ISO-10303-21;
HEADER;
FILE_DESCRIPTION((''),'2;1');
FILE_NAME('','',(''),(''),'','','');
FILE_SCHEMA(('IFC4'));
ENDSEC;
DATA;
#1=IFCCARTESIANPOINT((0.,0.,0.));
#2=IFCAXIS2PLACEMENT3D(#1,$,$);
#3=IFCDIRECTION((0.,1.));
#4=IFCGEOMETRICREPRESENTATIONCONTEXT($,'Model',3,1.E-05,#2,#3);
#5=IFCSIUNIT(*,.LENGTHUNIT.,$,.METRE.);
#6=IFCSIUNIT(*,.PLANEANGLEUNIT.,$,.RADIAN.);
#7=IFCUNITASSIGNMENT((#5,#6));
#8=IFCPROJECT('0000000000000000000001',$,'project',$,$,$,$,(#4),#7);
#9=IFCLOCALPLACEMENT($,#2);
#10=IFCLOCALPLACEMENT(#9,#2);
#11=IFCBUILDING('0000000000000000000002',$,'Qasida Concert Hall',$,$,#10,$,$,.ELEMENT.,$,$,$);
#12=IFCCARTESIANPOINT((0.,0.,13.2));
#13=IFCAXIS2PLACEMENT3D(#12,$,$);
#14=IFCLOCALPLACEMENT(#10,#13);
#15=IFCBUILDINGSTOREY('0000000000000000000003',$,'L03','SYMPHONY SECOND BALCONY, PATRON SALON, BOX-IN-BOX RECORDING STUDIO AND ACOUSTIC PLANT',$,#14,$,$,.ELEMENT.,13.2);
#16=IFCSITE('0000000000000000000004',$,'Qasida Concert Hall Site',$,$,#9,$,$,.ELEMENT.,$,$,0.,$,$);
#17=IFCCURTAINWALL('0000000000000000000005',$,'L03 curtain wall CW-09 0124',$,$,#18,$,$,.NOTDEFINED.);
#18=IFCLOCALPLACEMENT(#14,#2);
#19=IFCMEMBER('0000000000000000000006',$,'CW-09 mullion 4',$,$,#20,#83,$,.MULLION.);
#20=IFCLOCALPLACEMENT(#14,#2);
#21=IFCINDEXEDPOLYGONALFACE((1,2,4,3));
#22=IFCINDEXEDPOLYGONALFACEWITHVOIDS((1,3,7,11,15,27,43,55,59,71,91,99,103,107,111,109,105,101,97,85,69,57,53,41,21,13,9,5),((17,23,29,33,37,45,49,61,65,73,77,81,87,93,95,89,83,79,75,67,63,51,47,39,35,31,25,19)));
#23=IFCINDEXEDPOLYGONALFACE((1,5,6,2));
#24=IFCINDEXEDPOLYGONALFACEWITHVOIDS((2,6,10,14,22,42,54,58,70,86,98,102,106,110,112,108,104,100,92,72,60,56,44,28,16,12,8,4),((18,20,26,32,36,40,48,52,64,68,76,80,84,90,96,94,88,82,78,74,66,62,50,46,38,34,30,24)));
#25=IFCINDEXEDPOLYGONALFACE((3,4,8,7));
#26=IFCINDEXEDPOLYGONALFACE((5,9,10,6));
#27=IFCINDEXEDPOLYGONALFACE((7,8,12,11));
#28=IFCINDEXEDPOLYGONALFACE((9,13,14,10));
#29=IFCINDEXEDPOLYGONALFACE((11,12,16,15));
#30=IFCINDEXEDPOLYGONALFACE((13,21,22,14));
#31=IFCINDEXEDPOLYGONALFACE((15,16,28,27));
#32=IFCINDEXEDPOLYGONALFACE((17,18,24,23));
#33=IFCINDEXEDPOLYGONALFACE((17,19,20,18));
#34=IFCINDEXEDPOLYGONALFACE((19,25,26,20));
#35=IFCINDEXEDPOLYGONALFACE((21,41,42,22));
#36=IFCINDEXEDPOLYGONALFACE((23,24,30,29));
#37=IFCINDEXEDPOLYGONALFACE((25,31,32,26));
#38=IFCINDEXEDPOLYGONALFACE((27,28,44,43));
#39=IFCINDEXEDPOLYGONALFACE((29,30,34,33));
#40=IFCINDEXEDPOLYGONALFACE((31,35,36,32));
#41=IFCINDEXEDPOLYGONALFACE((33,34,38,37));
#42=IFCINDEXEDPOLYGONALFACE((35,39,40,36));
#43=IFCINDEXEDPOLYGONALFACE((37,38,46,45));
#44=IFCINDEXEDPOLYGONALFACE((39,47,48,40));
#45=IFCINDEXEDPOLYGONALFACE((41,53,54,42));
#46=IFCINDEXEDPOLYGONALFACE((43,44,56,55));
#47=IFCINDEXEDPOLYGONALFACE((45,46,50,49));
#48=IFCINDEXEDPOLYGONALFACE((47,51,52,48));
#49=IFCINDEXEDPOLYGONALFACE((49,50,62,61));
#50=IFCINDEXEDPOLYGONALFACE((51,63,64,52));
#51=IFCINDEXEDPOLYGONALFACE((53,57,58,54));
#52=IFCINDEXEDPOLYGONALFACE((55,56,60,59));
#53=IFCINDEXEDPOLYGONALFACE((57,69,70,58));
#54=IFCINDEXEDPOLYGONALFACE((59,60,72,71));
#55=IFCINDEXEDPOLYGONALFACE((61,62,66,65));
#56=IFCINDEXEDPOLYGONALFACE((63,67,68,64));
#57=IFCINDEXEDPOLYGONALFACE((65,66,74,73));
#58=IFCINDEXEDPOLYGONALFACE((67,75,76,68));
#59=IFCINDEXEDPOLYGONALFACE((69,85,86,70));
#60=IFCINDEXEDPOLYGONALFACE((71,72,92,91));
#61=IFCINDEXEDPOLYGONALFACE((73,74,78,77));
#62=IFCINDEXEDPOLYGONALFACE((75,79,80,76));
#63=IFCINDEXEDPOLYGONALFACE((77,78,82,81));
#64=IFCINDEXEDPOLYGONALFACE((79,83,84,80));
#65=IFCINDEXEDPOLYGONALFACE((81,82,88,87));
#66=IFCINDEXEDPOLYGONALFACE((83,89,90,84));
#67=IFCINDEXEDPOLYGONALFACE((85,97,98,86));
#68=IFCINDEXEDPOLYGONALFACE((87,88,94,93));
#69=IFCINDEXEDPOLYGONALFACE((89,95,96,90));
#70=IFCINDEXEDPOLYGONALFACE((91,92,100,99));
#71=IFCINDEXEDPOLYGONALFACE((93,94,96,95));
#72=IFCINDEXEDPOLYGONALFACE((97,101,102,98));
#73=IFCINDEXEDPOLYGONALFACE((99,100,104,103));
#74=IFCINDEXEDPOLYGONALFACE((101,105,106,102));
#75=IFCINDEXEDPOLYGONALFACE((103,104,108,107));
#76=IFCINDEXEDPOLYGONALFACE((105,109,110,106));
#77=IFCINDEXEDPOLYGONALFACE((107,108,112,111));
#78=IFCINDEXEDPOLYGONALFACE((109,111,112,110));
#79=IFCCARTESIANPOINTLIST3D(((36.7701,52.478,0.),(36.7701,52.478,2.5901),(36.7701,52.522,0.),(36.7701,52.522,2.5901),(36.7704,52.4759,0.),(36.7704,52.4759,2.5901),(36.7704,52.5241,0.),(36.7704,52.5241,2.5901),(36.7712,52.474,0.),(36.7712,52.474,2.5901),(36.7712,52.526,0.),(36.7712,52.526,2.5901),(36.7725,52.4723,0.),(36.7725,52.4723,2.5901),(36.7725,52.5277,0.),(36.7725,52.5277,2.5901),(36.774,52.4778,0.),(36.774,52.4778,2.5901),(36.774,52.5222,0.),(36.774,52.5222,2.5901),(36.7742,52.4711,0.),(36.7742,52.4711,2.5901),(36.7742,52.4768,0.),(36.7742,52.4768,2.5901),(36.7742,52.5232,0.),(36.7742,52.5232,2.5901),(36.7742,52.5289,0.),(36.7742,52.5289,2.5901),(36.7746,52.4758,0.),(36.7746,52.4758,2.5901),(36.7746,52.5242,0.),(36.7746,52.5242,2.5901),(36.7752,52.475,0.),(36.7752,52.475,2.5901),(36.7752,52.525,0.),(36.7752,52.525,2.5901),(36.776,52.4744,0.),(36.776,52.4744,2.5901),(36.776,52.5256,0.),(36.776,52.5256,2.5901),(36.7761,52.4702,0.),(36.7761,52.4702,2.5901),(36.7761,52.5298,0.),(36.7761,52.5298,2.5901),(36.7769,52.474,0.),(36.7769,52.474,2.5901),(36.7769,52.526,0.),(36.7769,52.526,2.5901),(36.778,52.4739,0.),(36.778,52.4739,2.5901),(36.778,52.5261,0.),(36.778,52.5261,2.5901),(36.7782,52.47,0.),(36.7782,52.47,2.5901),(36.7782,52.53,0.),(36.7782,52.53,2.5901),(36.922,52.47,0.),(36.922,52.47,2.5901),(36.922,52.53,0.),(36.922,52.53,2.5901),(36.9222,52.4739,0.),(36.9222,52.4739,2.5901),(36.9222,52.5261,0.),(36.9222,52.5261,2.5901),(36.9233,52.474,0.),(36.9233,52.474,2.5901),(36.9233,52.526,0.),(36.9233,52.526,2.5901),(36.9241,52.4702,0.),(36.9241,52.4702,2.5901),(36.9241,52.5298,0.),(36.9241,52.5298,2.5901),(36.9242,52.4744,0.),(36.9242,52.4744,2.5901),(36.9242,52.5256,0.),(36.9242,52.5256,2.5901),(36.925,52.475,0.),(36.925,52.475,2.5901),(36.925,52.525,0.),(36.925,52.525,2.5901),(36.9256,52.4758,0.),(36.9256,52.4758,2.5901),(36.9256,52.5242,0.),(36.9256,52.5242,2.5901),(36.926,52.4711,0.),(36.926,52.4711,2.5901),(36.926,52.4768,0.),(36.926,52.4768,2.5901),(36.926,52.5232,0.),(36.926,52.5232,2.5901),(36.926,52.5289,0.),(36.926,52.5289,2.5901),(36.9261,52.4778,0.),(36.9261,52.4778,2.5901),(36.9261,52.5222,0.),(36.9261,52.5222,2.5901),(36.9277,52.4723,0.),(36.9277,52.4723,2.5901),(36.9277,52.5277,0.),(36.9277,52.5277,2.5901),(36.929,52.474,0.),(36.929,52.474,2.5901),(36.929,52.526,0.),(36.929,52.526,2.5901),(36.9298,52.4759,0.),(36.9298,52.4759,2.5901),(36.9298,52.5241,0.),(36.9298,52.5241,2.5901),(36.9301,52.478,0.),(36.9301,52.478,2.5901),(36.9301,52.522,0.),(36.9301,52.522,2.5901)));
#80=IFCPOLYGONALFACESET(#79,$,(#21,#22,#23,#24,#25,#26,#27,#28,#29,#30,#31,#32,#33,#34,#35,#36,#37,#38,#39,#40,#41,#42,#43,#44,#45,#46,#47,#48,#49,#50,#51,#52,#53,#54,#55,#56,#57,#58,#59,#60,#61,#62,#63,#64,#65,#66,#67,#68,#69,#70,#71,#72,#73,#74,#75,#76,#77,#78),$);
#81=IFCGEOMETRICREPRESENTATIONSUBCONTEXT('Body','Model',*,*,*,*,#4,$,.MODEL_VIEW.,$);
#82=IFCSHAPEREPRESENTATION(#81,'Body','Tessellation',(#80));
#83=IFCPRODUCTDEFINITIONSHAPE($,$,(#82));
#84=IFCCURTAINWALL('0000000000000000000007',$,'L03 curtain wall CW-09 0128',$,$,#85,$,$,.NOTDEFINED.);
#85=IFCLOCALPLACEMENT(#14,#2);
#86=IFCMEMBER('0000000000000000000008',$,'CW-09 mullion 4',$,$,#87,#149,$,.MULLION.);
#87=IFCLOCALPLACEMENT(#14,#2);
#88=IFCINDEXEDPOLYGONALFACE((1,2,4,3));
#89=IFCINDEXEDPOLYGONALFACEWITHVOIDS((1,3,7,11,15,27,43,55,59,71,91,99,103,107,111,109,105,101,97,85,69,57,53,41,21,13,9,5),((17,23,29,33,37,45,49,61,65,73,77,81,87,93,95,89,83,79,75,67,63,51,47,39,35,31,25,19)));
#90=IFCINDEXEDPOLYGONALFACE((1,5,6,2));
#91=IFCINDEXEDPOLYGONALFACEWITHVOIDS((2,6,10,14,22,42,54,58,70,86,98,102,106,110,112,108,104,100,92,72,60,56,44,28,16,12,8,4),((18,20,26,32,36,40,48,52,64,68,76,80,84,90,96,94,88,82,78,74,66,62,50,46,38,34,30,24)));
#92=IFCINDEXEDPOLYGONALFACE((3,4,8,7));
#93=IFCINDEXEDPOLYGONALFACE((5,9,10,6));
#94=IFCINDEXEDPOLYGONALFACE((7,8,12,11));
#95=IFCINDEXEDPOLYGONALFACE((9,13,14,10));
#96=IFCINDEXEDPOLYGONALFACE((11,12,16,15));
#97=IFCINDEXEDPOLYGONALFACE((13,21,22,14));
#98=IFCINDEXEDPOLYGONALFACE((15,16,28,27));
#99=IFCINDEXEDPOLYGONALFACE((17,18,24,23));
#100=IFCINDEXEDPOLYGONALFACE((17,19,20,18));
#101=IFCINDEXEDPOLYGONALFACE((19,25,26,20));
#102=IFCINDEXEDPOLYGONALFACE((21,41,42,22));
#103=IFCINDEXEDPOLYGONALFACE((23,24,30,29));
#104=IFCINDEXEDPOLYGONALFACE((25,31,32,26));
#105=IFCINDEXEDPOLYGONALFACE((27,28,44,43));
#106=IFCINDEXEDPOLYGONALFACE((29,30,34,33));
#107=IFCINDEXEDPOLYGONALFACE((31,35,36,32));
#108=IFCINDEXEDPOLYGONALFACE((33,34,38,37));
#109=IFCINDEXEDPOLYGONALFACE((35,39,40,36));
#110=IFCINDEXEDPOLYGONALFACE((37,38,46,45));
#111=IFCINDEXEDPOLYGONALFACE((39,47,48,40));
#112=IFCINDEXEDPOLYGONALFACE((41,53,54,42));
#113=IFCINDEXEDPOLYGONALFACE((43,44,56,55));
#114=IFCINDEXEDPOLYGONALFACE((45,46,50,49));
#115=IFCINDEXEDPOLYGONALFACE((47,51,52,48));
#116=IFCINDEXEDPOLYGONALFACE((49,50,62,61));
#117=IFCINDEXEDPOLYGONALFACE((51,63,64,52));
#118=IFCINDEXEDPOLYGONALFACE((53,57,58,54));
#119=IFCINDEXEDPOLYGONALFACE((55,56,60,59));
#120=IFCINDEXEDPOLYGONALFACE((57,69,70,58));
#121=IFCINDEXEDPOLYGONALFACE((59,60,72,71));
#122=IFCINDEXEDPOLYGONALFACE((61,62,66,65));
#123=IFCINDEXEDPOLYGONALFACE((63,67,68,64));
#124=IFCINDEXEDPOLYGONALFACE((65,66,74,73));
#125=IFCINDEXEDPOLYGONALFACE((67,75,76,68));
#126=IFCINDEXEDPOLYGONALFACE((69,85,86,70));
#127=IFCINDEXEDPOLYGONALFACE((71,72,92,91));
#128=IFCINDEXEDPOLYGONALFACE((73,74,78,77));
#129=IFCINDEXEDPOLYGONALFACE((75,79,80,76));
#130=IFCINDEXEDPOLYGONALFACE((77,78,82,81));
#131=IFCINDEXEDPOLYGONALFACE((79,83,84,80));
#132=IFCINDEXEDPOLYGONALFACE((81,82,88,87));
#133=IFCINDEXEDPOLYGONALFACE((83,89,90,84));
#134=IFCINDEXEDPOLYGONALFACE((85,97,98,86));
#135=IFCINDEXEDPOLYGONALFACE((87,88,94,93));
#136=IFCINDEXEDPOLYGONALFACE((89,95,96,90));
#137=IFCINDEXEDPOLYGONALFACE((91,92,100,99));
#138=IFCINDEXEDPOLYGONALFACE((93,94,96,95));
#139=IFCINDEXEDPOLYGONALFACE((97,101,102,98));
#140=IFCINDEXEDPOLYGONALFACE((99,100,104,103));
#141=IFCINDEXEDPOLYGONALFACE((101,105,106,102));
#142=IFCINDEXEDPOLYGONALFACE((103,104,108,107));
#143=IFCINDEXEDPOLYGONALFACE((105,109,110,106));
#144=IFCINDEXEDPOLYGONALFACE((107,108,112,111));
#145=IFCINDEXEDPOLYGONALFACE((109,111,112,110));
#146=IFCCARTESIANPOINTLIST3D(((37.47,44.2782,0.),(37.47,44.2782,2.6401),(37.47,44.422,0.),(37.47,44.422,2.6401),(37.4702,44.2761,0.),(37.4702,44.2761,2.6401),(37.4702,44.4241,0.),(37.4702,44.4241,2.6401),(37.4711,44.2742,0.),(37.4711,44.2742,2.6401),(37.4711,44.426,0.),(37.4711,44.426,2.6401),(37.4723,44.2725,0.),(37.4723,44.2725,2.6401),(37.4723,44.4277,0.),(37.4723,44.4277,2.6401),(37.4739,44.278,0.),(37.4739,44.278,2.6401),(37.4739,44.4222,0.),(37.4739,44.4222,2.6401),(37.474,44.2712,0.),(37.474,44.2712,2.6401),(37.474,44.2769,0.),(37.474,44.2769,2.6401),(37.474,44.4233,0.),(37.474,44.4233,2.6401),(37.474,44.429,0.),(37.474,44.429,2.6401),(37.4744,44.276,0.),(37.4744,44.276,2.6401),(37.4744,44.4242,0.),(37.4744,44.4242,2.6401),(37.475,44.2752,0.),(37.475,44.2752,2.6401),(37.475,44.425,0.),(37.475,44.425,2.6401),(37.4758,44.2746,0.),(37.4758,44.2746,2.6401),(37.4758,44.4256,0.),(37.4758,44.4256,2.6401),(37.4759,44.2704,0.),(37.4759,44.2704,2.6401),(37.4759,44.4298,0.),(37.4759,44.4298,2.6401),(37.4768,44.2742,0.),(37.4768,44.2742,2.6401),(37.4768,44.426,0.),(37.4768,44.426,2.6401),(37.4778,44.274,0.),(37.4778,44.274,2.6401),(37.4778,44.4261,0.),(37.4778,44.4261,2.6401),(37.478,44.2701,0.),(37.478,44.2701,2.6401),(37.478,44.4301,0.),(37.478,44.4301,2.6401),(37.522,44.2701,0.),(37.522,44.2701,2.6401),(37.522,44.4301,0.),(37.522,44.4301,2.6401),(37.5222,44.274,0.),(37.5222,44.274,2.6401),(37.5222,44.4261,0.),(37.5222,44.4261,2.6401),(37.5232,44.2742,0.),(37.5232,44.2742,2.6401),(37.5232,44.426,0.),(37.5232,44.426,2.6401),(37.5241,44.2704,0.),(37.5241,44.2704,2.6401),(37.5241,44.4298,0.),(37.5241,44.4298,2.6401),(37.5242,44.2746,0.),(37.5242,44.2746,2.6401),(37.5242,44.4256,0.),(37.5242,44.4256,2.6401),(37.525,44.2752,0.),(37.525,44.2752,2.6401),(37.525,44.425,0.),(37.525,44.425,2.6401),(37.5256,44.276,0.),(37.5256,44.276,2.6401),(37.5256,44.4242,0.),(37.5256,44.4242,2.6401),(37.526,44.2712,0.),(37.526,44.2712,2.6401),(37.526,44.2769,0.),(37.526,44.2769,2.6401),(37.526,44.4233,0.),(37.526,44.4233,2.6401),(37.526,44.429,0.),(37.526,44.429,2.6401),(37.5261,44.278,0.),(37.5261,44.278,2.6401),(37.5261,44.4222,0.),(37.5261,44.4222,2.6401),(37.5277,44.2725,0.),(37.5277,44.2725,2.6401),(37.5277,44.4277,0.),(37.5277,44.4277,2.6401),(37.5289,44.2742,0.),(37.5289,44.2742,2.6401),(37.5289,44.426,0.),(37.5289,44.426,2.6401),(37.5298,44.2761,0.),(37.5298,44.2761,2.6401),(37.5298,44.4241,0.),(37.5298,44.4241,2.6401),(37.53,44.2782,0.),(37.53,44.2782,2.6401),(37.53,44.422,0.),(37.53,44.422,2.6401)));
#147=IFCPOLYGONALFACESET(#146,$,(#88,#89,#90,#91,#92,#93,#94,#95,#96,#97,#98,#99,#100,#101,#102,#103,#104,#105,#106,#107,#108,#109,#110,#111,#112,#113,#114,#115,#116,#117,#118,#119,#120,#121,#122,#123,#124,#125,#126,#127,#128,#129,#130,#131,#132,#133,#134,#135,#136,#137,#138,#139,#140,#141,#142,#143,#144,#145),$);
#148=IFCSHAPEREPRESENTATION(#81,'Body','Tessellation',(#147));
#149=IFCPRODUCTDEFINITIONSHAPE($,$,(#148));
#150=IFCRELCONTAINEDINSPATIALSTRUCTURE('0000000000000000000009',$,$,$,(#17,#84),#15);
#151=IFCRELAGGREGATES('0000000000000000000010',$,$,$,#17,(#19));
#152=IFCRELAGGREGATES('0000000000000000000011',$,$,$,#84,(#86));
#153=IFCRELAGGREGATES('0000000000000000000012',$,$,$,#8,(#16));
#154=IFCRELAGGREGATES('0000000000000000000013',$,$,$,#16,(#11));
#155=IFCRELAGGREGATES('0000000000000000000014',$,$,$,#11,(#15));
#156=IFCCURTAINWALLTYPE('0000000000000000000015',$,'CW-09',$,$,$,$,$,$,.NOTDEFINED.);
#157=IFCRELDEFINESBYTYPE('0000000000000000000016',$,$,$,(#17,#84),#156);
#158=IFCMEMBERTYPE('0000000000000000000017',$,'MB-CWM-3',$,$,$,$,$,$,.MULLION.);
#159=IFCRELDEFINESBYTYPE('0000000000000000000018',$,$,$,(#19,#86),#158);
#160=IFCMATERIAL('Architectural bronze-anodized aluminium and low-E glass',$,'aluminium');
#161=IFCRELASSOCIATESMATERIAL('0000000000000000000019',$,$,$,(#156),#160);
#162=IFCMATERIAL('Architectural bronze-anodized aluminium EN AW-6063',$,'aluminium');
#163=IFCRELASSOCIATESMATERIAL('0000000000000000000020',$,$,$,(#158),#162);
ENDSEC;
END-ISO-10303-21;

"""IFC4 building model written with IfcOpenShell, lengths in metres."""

from ifc_helpers import new_model, si_unit, direction, frame, origin, origin_2d, place, context, subcontext, project, spatial, hollow_rectangle, extrude, material, material_profile, profile_set, type_object, element, aggregate, save


model = new_model("IFC4")

# Units and contexts
model_context = context("Model", 3, precision=1e-05, world=origin(), true_north=direction((0.0, 1.0)))
body_context = subcontext(model_context, "Body", "Model", "MODEL_VIEW")
ifc_project = project(units=[si_unit("LENGTHUNIT", "METRE"), si_unit("PLANEANGLEUNIT", "RADIAN")], contexts=[model_context])

# Site, building, storey
site_placement = place(None, origin())
site = spatial("IfcSite", under=ifc_project, at=site_placement, Name="Qasida Concert Hall Site", CompositionType="ELEMENT", RefElevation=0.0)
building_placement = place(site_placement, origin())
building = spatial("IfcBuilding", under=site, at=building_placement, Name="Qasida Concert Hall", CompositionType="ELEMENT")
storey_placement = place(building_placement, frame((0.0, 0.0, 13.2)))
storey = spatial("IfcBuildingStorey", under=building, at=storey_placement, Name="L03", Description="SYMPHONY SECOND BALCONY, PATRON SALON, BOX-IN-BOX RECORDING STUDIO AND ACOUSTIC PLANT", CompositionType="ELEMENT", Elevation=13.2)

# Curtain wall, member
ifc_material_1 = material(Name="Architectural bronze-anodized aluminium and low-E glass", Category="aluminium")
curtain_wall_type = type_object("IfcCurtainWallType", Name="CW-09", PredefinedType="NOTDEFINED", material=ifc_material_1)
curtain_wall_1_placement = place(storey_placement, origin())
curtain_wall_1 = element("IfcCurtainWall", 1, at=curtain_wall_1_placement, inside=storey, type_object=curtain_wall_type, Name="L03 curtain wall CW-09 0124", PredefinedType="NOTDEFINED")
ifc_material_2 = material(Name="Architectural bronze-anodized aluminium EN AW-6063", Category="aluminium")
ifc_material_profile_1 = material_profile(ifc_material_2, hollow_rectangle(XDim=0.0601, YDim=0.1599, WallThickness=0.0039, InnerFilletRadius=0.0039, OuterFilletRadius=0.0081, at=origin_2d()), Name="CWM 160x60x4")
ifc_profile_set_1 = profile_set([ifc_material_profile_1], Name="Architectural bronze-anodized aluminium EN AW-6063")
member_type_1 = type_object("IfcMemberType", Name="MB-CWM-3", PredefinedType="MULLION", material=ifc_profile_set_1)
member_1_placement = place(storey_placement, frame((36.8501, 52.5, 0.0), z_axis=(0.0, 0.0, 1.0), x_axis=(0.0, 1.0, 0.0)))
member_1 = element("IfcMember", 2, at=member_1_placement, type_object=member_type_1, Name="CW-09 mullion 4", PredefinedType="MULLION", context=body_context, shape_type="SweptSolid", body=[
    extrude(hollow_rectangle(XDim=0.0601, YDim=0.1599, WallThickness=0.0039, InnerFilletRadius=0.0039, OuterFilletRadius=0.0081, at=origin_2d()), origin(), (0.0, 0.0, 1.0), 2.5901),
])

# Curtain wall, member
curtain_wall_2_placement = place(storey_placement, origin())
curtain_wall_2 = element("IfcCurtainWall", 3, at=curtain_wall_2_placement, inside=storey, type_object=curtain_wall_type, Name="L03 curtain wall CW-09 0128", PredefinedType="NOTDEFINED")
member_2_placement = place(storey_placement, frame((37.5, 44.3501, 0.0), z_axis=(0.0, 0.0, 1.0), x_axis=(-1.0, 0.0, 0.0)))
member_2 = element("IfcMember", 4, at=member_2_placement, type_object=member_type_1, Name="CW-09 mullion 4", PredefinedType="MULLION", context=body_context, shape_type="SweptSolid", body=[
    extrude(hollow_rectangle(XDim=0.0601, YDim=0.1599, WallThickness=0.0039, InnerFilletRadius=0.0039, OuterFilletRadius=0.0081, at=origin_2d()), origin(), (0.0, 0.0, 1.0), 2.6401),
])

aggregate(curtain_wall_1, [member_1])
aggregate(curtain_wall_2, [member_2])

save(model, "model.ifc")
